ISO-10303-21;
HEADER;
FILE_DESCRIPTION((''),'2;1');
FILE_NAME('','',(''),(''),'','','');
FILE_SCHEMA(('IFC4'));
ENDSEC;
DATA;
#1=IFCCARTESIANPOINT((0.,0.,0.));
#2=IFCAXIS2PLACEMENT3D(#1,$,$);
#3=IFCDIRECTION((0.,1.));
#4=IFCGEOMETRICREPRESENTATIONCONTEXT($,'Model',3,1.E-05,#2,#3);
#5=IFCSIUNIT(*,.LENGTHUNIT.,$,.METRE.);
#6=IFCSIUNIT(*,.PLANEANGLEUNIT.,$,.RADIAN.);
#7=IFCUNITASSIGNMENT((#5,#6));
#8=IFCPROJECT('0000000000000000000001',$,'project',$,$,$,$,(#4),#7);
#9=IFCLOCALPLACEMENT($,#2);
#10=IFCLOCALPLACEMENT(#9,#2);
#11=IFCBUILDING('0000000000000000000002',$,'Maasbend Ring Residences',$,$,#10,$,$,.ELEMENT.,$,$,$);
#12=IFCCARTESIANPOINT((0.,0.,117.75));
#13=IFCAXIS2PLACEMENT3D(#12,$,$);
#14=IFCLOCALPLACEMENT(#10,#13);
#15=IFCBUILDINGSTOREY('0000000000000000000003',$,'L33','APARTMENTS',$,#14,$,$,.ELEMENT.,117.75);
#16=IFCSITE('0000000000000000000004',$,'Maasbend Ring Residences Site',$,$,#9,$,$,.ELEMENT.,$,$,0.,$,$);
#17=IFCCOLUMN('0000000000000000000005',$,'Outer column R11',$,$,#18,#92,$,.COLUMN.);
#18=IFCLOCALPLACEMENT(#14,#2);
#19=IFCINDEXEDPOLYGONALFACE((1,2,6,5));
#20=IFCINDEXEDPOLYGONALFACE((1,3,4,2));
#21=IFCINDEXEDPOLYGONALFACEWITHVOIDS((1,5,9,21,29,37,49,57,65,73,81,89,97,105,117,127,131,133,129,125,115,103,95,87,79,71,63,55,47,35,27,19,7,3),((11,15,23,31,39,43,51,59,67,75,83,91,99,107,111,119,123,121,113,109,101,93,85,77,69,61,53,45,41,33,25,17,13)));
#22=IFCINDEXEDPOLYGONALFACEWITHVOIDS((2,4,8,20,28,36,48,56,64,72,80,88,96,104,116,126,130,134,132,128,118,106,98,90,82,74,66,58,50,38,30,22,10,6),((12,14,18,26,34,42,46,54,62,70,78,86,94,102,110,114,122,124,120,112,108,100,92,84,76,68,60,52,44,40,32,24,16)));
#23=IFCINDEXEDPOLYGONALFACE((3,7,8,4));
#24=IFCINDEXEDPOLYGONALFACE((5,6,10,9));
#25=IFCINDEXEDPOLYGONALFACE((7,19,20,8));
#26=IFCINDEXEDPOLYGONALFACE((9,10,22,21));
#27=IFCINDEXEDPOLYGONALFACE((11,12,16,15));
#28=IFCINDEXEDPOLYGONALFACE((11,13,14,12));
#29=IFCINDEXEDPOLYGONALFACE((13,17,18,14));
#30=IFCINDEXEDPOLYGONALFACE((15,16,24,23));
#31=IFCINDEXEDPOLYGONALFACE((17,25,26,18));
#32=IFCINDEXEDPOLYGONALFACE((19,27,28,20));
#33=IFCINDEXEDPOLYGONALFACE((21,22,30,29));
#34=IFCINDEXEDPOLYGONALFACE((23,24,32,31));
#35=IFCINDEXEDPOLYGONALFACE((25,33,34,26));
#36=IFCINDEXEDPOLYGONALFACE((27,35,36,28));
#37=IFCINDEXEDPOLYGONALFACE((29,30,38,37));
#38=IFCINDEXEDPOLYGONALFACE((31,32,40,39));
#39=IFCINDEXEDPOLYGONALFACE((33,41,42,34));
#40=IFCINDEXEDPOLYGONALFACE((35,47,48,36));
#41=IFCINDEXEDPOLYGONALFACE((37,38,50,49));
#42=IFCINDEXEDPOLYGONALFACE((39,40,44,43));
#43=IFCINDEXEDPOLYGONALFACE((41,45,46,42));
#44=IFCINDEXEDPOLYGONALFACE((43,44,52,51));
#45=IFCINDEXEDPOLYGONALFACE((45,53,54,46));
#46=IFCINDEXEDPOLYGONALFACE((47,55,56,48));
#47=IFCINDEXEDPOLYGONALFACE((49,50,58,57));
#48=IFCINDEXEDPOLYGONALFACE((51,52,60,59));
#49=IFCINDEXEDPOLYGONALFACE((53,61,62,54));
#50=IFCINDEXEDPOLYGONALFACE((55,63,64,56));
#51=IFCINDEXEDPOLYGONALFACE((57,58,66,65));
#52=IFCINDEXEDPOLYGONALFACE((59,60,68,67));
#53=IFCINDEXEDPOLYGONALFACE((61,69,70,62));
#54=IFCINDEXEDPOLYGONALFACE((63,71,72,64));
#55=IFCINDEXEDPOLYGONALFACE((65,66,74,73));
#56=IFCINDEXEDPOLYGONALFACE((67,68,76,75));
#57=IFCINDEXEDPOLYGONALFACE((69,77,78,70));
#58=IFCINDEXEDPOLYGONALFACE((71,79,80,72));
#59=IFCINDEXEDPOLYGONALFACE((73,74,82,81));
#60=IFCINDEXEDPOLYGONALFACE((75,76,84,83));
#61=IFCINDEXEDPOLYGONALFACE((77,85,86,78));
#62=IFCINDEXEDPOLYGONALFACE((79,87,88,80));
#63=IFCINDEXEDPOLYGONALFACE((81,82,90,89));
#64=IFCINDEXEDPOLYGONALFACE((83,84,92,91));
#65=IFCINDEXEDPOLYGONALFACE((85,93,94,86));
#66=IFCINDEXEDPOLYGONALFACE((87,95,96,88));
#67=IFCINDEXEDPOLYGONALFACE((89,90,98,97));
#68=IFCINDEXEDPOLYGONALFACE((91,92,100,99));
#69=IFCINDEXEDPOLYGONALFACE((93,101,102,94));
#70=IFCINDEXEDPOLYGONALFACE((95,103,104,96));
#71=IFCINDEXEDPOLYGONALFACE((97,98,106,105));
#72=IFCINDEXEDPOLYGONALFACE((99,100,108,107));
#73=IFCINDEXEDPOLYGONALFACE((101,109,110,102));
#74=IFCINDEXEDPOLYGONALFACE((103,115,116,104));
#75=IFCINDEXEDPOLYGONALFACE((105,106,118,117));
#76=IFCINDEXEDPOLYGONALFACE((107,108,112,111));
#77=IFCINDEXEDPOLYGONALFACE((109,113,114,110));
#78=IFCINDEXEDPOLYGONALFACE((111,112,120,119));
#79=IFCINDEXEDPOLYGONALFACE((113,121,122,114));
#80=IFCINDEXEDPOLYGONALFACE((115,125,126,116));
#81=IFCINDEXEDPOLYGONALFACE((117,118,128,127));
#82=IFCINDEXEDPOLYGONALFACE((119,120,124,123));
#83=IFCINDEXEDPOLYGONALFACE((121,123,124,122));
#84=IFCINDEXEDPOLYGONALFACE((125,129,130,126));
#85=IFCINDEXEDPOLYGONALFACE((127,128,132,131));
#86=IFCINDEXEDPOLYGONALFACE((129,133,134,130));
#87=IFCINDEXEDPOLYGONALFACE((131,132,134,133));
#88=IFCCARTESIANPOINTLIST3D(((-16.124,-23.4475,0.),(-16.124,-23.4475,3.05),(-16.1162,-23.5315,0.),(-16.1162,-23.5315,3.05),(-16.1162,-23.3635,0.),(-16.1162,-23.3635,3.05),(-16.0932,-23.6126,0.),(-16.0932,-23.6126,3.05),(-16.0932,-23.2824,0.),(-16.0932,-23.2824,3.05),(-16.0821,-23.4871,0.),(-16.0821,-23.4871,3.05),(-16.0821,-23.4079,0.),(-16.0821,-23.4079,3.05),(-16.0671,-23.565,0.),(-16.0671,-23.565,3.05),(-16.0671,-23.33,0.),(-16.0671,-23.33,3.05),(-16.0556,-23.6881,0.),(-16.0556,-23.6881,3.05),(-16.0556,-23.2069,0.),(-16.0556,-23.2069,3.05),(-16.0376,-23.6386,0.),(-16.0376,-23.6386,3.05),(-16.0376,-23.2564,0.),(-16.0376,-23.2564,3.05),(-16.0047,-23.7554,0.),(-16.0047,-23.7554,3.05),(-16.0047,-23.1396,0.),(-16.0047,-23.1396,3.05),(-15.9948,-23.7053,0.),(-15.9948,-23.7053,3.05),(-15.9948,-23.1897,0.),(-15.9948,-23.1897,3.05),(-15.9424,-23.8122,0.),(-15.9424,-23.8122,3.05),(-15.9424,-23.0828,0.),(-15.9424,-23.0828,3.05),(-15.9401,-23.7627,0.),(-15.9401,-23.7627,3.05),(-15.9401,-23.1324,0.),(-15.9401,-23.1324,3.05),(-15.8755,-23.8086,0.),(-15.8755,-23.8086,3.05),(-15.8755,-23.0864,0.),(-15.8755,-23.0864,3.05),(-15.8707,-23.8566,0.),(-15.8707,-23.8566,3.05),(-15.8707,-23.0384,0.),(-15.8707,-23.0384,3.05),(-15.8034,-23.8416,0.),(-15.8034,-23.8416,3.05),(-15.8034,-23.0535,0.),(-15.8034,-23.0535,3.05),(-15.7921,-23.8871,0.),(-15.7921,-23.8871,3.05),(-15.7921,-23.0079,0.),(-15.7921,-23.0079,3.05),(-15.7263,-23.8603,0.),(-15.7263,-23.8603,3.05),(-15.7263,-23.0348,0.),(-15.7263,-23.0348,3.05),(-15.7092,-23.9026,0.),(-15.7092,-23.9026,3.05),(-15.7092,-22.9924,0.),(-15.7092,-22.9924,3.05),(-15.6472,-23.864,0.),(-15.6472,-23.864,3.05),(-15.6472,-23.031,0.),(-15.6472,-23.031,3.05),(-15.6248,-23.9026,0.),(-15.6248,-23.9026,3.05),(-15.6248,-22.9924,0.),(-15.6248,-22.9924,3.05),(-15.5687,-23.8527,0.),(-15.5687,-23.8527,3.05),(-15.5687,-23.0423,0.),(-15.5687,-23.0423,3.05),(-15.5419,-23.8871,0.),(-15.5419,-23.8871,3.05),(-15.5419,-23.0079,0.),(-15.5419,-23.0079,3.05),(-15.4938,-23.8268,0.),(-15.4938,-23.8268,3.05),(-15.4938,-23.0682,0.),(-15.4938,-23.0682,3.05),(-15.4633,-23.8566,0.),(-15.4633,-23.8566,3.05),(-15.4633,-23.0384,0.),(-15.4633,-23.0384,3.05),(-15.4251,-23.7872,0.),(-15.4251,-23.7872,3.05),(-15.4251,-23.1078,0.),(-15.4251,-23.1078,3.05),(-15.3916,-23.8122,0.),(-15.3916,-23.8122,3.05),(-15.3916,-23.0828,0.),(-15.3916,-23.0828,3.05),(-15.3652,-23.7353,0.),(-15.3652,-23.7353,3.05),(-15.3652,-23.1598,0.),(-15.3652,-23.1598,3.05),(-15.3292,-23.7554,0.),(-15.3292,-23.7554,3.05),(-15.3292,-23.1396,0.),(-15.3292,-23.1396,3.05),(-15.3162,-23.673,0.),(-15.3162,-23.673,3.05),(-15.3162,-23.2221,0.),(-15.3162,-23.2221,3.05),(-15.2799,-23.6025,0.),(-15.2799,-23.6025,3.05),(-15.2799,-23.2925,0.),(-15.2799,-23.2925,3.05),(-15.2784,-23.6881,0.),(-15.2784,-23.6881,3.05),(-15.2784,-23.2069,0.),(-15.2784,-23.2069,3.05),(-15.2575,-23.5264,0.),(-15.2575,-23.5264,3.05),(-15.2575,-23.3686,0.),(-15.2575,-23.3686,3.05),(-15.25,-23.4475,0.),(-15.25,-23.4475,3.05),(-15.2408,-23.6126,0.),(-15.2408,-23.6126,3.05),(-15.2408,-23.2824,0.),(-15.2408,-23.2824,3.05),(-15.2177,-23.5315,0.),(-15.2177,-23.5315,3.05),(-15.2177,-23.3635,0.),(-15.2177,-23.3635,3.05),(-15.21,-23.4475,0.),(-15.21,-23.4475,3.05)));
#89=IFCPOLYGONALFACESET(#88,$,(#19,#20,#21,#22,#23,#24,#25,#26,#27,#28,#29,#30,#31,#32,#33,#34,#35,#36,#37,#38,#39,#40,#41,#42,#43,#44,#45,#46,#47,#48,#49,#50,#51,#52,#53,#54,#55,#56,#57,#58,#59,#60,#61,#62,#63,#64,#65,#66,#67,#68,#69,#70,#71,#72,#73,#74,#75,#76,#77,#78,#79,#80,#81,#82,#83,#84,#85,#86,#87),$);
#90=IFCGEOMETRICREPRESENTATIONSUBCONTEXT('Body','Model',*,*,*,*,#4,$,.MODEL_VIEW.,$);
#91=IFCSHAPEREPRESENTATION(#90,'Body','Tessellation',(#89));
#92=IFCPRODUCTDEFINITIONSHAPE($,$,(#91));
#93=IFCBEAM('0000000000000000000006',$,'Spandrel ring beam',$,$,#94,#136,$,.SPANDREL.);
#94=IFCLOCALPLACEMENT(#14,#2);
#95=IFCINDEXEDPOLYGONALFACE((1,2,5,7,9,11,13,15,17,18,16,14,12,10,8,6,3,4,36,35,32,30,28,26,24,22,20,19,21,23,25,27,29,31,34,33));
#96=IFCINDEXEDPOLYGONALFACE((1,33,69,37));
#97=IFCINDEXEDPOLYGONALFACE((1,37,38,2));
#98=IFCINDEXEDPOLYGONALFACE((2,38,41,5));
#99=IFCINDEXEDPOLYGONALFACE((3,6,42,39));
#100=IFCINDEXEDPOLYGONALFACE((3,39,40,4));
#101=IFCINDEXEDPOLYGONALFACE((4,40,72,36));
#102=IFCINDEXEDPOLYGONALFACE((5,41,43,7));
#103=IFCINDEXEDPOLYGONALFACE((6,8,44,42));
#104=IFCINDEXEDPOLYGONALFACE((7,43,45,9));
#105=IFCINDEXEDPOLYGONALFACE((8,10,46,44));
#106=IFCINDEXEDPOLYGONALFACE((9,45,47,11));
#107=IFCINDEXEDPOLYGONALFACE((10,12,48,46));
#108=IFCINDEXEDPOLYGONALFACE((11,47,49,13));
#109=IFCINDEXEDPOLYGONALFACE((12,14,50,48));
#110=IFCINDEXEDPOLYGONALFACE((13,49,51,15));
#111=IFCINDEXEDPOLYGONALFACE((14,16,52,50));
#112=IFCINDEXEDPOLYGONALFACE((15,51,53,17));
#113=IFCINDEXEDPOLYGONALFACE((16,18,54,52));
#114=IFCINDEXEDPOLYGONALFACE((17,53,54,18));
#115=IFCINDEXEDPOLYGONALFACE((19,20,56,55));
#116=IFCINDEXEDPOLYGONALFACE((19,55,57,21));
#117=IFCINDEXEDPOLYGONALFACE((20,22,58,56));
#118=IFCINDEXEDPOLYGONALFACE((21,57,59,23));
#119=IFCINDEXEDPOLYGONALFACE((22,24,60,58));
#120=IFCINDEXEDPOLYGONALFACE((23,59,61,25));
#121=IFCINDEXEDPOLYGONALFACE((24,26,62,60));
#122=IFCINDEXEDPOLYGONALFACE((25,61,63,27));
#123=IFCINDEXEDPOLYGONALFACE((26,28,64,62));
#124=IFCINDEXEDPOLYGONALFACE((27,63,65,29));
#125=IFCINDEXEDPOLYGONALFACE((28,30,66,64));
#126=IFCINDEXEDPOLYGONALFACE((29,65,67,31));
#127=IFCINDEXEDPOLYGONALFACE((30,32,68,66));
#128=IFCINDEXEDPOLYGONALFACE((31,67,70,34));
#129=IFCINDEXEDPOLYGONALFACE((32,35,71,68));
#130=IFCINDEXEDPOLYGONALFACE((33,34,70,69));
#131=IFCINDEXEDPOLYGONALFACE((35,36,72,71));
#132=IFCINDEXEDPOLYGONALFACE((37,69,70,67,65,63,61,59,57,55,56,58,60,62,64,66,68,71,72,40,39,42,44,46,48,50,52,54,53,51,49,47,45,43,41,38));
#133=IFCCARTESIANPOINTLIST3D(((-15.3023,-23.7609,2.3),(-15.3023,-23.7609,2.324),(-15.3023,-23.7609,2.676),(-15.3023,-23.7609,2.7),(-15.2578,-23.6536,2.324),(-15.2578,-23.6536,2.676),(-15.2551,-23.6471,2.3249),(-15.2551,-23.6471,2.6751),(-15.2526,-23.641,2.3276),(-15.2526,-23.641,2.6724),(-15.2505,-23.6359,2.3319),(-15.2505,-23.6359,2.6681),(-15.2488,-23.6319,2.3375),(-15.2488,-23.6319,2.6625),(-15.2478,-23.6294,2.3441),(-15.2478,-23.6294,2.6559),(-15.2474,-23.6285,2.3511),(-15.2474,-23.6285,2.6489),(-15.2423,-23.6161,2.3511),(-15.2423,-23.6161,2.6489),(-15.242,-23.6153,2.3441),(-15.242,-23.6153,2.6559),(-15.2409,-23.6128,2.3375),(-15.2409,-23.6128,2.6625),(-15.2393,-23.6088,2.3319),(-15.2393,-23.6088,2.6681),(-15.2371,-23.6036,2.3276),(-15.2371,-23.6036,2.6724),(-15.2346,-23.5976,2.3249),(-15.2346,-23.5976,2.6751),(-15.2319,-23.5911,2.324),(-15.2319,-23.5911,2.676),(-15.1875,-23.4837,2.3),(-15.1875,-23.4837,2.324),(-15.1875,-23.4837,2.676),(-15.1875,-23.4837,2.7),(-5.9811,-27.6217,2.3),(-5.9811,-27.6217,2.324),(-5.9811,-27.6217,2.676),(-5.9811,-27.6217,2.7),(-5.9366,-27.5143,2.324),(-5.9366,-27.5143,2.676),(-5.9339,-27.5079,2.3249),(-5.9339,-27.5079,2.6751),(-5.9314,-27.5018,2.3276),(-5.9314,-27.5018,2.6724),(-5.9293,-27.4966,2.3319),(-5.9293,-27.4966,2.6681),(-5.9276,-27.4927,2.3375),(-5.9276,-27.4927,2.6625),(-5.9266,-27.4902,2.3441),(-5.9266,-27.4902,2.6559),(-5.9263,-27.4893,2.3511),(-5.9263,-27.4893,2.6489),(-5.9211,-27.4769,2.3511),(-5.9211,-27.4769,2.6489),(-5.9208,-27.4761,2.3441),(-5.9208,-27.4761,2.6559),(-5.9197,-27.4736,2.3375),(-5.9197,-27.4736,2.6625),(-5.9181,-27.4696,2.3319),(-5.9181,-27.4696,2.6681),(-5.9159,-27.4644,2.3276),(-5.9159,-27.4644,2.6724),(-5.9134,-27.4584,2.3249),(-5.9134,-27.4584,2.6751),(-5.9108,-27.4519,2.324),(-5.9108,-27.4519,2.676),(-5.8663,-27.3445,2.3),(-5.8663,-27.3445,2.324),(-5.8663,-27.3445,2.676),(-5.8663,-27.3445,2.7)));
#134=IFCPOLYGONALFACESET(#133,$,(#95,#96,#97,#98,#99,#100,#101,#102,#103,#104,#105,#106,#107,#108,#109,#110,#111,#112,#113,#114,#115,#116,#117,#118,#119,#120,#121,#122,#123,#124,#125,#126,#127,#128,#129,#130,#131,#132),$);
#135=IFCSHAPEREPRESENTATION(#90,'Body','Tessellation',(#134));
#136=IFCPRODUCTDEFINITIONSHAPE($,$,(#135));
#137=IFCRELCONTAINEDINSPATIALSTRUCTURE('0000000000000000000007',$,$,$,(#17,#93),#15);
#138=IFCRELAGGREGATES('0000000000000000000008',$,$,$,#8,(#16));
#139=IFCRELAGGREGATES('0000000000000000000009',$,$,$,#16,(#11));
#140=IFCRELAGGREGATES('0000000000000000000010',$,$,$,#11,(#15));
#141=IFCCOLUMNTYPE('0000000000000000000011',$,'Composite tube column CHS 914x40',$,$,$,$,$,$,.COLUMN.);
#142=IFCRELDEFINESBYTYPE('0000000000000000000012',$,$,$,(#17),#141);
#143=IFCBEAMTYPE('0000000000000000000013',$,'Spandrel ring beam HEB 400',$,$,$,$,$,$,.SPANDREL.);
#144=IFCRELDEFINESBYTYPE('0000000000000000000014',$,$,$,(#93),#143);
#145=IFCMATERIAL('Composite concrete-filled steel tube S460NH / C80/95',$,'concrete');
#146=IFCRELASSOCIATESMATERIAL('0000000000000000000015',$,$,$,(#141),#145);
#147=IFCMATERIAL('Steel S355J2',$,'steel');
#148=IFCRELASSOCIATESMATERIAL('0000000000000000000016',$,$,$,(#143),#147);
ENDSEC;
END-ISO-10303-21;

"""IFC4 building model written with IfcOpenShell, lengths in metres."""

from ifc_helpers import new_model, si_unit, direction, frame, origin, origin_2d, place, context, subcontext, project, spatial, hollow_circle, i_section, extrude, material, material_profile, profile_set, type_object, element, save


model = new_model("IFC4")

# Units and contexts
model_context = context("Model", 3, precision=1e-05, world=origin(), true_north=direction((0.0, 1.0)))
body_context = subcontext(model_context, "Body", "Model", "MODEL_VIEW")
ifc_project = project(units=[si_unit("LENGTHUNIT", "METRE"), si_unit("PLANEANGLEUNIT", "RADIAN")], contexts=[model_context])

# Site, building, storey
site_placement = place(None, origin())
site = spatial("IfcSite", under=ifc_project, at=site_placement, Name="Maasbend Ring Residences Site", CompositionType="ELEMENT", RefElevation=0.0)
building_placement = place(site_placement, origin())
building = spatial("IfcBuilding", under=site, at=building_placement, Name="Maasbend Ring Residences", CompositionType="ELEMENT")
storey_placement = place(building_placement, frame((0.0, 0.0, 117.75)))
storey = spatial("IfcBuildingStorey", under=building, at=storey_placement, Name="L33", Description="APARTMENTS", CompositionType="ELEMENT", Elevation=117.75)

# Column
ifc_material_1 = material(Name="Composite concrete-filled steel tube S460NH / C80/95", Category="concrete")
ifc_material_profile_1 = material_profile(ifc_material_1, hollow_circle(Radius=0.457, WallThickness=0.04, at=origin_2d()), Name="Composite tube column CHS 914x40")
ifc_profile_set_1 = profile_set([ifc_material_profile_1], Name="Composite concrete-filled steel tube S460NH / C80/95")
column_type = type_object("IfcColumnType", Name="Composite tube column CHS 914x40", PredefinedType="COLUMN", material=ifc_profile_set_1)
column_placement = place(storey_placement, frame((-15.667, -23.4475, 0.0), z_axis=(0.0, 0.0, 1.0), x_axis=(1.0, 0.0, 0.0)))
element("IfcColumn", 1, at=column_placement, inside=storey, type_object=column_type, Name="Outer column R11", PredefinedType="COLUMN", context=body_context, shape_type="SweptSolid", body=[
    extrude(hollow_circle(Radius=0.457, WallThickness=0.04, at=origin_2d()), origin(), (0.0, 0.0, 1.0), 3.05),
])

# Beam
ifc_material_2 = material(Name="Steel S355J2", Category="steel")
ifc_material_profile_2 = material_profile(ifc_material_2, i_section(OverallWidth=0.3, OverallDepth=0.3999, WebThickness=0.0134, FlangeThickness=0.0239, FilletRadius=0.0271, at=origin_2d()), Name="HEB 400")
ifc_profile_set_2 = profile_set([ifc_material_profile_2], Name="Steel S355J2")
beam_type = type_object("IfcBeamType", Name="Spandrel ring beam HEB 400", PredefinedType="SPANDREL", material=ifc_profile_set_2)
beam_placement = place(storey_placement, frame((-15.2449, -23.6223, 2.5), z_axis=(0.923885, -0.38267, 0.0), x_axis=(0.38267, 0.923885, 0.0)))
element("IfcBeam", 2, at=beam_placement, inside=storey, type_object=beam_type, Name="Spandrel ring beam", PredefinedType="SPANDREL", context=body_context, shape_type="SweptSolid", body=[
    extrude(i_section(OverallWidth=0.3, OverallDepth=0.3999, WebThickness=0.0134, FlangeThickness=0.0239, FilletRadius=0.0271, at=origin_2d()), origin(), (0.0, 0.0, 1.0), 10.0891),
])

save(model, "model.ifc")
